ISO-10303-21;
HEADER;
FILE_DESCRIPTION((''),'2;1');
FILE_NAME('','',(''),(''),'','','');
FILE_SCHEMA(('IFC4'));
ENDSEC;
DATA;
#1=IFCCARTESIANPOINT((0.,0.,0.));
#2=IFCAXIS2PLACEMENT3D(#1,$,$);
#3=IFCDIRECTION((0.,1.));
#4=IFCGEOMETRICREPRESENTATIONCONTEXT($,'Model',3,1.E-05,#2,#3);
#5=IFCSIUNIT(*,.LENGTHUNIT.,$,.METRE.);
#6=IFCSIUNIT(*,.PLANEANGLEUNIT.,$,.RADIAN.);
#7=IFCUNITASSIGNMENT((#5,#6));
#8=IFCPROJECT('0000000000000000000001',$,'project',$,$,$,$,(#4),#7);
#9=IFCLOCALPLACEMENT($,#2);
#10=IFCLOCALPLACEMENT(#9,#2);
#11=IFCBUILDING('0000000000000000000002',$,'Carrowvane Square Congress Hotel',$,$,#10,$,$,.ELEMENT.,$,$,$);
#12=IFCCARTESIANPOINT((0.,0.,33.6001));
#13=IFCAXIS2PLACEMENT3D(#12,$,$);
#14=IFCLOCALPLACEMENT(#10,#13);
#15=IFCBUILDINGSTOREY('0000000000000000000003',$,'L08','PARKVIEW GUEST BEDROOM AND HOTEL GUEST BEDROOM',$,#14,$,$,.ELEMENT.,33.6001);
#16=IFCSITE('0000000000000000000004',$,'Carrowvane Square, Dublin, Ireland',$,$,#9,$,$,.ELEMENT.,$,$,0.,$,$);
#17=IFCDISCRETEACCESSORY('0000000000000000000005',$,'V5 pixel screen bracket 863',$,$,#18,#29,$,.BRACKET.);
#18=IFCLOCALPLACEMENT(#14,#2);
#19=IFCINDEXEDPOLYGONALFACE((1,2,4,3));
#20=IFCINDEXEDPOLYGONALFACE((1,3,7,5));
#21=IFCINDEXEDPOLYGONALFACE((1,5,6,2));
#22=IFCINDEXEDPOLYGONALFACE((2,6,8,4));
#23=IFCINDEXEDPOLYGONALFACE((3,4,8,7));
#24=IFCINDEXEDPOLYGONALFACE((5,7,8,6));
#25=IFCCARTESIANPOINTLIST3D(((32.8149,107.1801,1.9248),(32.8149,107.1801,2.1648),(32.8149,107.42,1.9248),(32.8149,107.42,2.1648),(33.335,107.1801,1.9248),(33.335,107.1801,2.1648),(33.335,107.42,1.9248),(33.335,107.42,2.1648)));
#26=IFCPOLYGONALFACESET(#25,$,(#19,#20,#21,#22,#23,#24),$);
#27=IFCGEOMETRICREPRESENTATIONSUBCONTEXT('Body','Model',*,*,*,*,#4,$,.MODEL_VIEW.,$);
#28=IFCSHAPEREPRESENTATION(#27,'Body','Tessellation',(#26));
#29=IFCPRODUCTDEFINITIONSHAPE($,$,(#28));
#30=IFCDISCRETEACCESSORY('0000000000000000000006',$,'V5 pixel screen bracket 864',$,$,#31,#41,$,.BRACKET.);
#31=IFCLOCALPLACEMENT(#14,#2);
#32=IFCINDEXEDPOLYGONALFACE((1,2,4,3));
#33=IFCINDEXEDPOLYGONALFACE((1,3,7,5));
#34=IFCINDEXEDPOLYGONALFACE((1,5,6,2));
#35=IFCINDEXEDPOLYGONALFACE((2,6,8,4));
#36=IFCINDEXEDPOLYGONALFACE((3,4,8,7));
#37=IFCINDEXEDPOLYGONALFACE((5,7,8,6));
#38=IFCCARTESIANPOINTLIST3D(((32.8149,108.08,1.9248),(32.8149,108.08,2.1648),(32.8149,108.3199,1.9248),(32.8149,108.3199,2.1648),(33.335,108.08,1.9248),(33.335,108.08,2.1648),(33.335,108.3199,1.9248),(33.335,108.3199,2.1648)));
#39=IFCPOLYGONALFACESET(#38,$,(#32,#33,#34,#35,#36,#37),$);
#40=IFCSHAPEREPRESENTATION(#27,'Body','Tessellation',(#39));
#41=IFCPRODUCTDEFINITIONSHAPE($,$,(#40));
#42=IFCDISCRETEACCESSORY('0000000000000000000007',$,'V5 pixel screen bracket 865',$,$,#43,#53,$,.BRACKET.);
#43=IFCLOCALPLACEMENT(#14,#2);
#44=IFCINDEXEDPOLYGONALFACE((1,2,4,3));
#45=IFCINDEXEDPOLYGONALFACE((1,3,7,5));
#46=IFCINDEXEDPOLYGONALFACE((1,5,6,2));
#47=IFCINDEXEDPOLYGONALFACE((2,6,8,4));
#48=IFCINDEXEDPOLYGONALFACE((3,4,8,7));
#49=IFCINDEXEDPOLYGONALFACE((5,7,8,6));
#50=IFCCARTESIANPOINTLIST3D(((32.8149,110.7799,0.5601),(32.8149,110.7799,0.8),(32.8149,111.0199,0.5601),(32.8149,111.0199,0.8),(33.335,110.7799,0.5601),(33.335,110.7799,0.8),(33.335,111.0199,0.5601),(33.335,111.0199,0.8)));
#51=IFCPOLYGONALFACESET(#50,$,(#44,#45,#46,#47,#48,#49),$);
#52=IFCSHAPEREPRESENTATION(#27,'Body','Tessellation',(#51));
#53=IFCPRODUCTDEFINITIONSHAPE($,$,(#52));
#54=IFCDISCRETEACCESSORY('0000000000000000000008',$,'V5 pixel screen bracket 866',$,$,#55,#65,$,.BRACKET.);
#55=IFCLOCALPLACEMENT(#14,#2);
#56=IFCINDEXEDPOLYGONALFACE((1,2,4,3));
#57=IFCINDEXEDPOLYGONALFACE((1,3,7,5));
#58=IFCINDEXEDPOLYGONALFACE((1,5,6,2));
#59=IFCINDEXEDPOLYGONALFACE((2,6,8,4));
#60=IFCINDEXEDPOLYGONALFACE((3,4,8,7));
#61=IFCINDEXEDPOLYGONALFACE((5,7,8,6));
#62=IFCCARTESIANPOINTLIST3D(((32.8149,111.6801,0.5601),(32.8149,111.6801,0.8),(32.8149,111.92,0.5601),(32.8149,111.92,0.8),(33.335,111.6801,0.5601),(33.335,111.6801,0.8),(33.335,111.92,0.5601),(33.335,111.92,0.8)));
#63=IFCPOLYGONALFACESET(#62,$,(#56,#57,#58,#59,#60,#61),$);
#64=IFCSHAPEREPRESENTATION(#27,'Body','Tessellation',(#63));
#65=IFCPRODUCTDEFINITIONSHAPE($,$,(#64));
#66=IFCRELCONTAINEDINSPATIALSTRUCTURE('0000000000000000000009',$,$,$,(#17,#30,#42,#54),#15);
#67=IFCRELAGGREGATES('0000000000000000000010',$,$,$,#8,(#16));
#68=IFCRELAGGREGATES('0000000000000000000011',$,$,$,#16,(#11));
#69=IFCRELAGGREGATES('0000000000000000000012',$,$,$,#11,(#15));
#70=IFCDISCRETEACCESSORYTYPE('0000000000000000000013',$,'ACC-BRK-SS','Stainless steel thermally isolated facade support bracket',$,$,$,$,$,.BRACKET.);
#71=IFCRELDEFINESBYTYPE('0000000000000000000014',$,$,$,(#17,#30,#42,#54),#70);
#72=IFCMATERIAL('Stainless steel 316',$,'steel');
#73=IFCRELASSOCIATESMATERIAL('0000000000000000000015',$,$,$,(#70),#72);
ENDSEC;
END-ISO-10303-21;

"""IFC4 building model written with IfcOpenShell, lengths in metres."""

from ifc_helpers import new_model, si_unit, direction, frame, origin, origin_2d, place, context, subcontext, project, spatial, rectangle, extrude, material, type_object, element, save


model = new_model("IFC4")

# Units and contexts
model_context = context("Model", 3, precision=1e-05, world=origin(), true_north=direction((0.0, 1.0)))
body_context = subcontext(model_context, "Body", "Model", "MODEL_VIEW")
ifc_project = project(units=[si_unit("LENGTHUNIT", "METRE"), si_unit("PLANEANGLEUNIT", "RADIAN")], contexts=[model_context])

# Site, building, storey
site_placement = place(None, origin())
site = spatial("IfcSite", under=ifc_project, at=site_placement, Name="Carrowvane Square, Dublin, Ireland", CompositionType="ELEMENT", RefElevation=0.0)
building_placement = place(site_placement, origin())
building = spatial("IfcBuilding", under=site, at=building_placement, Name="Carrowvane Square Congress Hotel", CompositionType="ELEMENT")
storey_placement = place(building_placement, frame((0.0, 0.0, 33.6001)))
storey = spatial("IfcBuildingStorey", under=building, at=storey_placement, Name="L08", Description="PARKVIEW GUEST BEDROOM AND HOTEL GUEST BEDROOM", CompositionType="ELEMENT", Elevation=33.6001)

# Discrete accessories
ifc_material_1 = material(Name="Stainless steel 316", Category="steel")
discrete_accessory_type = type_object("IfcDiscreteAccessoryType", Name="ACC-BRK-SS", Description="Stainless steel thermally isolated facade support bracket", PredefinedType="BRACKET", material=ifc_material_1)
for number, where, z_axis, x_axis, name in (
    (1, (33.075, 107.3, 1.9248), (0.0, 0.0, 1.0), (0.0, 1.0, 0.0), "V5 pixel screen bracket 863"),
    (2, (33.075, 108.2, 1.9248), (0.0, 0.0, 1.0), (0.0, 1.0, 0.0), "V5 pixel screen bracket 864"),
    (3, (33.075, 110.8999, 0.5601), (0.0, 0.0, 1.0), (0.0, 1.0, 0.0), "V5 pixel screen bracket 865"),
    (4, (33.075, 111.8, 0.5601), (0.0, 0.0, 1.0), (0.0, 1.0, 0.0), "V5 pixel screen bracket 866"),
):
    element("IfcDiscreteAccessory", number, at=place(storey_placement, frame(where, z_axis=z_axis, x_axis=x_axis)), inside=storey, type_object=discrete_accessory_type, Name=name, PredefinedType="BRACKET", context=body_context, shape_type="SweptSolid", body=[
        extrude(rectangle(XDim=0.24, YDim=0.52, at=origin_2d()), origin(), (0.0, 0.0, 1.0), 0.24),
    ])

save(model, "model.ifc")
